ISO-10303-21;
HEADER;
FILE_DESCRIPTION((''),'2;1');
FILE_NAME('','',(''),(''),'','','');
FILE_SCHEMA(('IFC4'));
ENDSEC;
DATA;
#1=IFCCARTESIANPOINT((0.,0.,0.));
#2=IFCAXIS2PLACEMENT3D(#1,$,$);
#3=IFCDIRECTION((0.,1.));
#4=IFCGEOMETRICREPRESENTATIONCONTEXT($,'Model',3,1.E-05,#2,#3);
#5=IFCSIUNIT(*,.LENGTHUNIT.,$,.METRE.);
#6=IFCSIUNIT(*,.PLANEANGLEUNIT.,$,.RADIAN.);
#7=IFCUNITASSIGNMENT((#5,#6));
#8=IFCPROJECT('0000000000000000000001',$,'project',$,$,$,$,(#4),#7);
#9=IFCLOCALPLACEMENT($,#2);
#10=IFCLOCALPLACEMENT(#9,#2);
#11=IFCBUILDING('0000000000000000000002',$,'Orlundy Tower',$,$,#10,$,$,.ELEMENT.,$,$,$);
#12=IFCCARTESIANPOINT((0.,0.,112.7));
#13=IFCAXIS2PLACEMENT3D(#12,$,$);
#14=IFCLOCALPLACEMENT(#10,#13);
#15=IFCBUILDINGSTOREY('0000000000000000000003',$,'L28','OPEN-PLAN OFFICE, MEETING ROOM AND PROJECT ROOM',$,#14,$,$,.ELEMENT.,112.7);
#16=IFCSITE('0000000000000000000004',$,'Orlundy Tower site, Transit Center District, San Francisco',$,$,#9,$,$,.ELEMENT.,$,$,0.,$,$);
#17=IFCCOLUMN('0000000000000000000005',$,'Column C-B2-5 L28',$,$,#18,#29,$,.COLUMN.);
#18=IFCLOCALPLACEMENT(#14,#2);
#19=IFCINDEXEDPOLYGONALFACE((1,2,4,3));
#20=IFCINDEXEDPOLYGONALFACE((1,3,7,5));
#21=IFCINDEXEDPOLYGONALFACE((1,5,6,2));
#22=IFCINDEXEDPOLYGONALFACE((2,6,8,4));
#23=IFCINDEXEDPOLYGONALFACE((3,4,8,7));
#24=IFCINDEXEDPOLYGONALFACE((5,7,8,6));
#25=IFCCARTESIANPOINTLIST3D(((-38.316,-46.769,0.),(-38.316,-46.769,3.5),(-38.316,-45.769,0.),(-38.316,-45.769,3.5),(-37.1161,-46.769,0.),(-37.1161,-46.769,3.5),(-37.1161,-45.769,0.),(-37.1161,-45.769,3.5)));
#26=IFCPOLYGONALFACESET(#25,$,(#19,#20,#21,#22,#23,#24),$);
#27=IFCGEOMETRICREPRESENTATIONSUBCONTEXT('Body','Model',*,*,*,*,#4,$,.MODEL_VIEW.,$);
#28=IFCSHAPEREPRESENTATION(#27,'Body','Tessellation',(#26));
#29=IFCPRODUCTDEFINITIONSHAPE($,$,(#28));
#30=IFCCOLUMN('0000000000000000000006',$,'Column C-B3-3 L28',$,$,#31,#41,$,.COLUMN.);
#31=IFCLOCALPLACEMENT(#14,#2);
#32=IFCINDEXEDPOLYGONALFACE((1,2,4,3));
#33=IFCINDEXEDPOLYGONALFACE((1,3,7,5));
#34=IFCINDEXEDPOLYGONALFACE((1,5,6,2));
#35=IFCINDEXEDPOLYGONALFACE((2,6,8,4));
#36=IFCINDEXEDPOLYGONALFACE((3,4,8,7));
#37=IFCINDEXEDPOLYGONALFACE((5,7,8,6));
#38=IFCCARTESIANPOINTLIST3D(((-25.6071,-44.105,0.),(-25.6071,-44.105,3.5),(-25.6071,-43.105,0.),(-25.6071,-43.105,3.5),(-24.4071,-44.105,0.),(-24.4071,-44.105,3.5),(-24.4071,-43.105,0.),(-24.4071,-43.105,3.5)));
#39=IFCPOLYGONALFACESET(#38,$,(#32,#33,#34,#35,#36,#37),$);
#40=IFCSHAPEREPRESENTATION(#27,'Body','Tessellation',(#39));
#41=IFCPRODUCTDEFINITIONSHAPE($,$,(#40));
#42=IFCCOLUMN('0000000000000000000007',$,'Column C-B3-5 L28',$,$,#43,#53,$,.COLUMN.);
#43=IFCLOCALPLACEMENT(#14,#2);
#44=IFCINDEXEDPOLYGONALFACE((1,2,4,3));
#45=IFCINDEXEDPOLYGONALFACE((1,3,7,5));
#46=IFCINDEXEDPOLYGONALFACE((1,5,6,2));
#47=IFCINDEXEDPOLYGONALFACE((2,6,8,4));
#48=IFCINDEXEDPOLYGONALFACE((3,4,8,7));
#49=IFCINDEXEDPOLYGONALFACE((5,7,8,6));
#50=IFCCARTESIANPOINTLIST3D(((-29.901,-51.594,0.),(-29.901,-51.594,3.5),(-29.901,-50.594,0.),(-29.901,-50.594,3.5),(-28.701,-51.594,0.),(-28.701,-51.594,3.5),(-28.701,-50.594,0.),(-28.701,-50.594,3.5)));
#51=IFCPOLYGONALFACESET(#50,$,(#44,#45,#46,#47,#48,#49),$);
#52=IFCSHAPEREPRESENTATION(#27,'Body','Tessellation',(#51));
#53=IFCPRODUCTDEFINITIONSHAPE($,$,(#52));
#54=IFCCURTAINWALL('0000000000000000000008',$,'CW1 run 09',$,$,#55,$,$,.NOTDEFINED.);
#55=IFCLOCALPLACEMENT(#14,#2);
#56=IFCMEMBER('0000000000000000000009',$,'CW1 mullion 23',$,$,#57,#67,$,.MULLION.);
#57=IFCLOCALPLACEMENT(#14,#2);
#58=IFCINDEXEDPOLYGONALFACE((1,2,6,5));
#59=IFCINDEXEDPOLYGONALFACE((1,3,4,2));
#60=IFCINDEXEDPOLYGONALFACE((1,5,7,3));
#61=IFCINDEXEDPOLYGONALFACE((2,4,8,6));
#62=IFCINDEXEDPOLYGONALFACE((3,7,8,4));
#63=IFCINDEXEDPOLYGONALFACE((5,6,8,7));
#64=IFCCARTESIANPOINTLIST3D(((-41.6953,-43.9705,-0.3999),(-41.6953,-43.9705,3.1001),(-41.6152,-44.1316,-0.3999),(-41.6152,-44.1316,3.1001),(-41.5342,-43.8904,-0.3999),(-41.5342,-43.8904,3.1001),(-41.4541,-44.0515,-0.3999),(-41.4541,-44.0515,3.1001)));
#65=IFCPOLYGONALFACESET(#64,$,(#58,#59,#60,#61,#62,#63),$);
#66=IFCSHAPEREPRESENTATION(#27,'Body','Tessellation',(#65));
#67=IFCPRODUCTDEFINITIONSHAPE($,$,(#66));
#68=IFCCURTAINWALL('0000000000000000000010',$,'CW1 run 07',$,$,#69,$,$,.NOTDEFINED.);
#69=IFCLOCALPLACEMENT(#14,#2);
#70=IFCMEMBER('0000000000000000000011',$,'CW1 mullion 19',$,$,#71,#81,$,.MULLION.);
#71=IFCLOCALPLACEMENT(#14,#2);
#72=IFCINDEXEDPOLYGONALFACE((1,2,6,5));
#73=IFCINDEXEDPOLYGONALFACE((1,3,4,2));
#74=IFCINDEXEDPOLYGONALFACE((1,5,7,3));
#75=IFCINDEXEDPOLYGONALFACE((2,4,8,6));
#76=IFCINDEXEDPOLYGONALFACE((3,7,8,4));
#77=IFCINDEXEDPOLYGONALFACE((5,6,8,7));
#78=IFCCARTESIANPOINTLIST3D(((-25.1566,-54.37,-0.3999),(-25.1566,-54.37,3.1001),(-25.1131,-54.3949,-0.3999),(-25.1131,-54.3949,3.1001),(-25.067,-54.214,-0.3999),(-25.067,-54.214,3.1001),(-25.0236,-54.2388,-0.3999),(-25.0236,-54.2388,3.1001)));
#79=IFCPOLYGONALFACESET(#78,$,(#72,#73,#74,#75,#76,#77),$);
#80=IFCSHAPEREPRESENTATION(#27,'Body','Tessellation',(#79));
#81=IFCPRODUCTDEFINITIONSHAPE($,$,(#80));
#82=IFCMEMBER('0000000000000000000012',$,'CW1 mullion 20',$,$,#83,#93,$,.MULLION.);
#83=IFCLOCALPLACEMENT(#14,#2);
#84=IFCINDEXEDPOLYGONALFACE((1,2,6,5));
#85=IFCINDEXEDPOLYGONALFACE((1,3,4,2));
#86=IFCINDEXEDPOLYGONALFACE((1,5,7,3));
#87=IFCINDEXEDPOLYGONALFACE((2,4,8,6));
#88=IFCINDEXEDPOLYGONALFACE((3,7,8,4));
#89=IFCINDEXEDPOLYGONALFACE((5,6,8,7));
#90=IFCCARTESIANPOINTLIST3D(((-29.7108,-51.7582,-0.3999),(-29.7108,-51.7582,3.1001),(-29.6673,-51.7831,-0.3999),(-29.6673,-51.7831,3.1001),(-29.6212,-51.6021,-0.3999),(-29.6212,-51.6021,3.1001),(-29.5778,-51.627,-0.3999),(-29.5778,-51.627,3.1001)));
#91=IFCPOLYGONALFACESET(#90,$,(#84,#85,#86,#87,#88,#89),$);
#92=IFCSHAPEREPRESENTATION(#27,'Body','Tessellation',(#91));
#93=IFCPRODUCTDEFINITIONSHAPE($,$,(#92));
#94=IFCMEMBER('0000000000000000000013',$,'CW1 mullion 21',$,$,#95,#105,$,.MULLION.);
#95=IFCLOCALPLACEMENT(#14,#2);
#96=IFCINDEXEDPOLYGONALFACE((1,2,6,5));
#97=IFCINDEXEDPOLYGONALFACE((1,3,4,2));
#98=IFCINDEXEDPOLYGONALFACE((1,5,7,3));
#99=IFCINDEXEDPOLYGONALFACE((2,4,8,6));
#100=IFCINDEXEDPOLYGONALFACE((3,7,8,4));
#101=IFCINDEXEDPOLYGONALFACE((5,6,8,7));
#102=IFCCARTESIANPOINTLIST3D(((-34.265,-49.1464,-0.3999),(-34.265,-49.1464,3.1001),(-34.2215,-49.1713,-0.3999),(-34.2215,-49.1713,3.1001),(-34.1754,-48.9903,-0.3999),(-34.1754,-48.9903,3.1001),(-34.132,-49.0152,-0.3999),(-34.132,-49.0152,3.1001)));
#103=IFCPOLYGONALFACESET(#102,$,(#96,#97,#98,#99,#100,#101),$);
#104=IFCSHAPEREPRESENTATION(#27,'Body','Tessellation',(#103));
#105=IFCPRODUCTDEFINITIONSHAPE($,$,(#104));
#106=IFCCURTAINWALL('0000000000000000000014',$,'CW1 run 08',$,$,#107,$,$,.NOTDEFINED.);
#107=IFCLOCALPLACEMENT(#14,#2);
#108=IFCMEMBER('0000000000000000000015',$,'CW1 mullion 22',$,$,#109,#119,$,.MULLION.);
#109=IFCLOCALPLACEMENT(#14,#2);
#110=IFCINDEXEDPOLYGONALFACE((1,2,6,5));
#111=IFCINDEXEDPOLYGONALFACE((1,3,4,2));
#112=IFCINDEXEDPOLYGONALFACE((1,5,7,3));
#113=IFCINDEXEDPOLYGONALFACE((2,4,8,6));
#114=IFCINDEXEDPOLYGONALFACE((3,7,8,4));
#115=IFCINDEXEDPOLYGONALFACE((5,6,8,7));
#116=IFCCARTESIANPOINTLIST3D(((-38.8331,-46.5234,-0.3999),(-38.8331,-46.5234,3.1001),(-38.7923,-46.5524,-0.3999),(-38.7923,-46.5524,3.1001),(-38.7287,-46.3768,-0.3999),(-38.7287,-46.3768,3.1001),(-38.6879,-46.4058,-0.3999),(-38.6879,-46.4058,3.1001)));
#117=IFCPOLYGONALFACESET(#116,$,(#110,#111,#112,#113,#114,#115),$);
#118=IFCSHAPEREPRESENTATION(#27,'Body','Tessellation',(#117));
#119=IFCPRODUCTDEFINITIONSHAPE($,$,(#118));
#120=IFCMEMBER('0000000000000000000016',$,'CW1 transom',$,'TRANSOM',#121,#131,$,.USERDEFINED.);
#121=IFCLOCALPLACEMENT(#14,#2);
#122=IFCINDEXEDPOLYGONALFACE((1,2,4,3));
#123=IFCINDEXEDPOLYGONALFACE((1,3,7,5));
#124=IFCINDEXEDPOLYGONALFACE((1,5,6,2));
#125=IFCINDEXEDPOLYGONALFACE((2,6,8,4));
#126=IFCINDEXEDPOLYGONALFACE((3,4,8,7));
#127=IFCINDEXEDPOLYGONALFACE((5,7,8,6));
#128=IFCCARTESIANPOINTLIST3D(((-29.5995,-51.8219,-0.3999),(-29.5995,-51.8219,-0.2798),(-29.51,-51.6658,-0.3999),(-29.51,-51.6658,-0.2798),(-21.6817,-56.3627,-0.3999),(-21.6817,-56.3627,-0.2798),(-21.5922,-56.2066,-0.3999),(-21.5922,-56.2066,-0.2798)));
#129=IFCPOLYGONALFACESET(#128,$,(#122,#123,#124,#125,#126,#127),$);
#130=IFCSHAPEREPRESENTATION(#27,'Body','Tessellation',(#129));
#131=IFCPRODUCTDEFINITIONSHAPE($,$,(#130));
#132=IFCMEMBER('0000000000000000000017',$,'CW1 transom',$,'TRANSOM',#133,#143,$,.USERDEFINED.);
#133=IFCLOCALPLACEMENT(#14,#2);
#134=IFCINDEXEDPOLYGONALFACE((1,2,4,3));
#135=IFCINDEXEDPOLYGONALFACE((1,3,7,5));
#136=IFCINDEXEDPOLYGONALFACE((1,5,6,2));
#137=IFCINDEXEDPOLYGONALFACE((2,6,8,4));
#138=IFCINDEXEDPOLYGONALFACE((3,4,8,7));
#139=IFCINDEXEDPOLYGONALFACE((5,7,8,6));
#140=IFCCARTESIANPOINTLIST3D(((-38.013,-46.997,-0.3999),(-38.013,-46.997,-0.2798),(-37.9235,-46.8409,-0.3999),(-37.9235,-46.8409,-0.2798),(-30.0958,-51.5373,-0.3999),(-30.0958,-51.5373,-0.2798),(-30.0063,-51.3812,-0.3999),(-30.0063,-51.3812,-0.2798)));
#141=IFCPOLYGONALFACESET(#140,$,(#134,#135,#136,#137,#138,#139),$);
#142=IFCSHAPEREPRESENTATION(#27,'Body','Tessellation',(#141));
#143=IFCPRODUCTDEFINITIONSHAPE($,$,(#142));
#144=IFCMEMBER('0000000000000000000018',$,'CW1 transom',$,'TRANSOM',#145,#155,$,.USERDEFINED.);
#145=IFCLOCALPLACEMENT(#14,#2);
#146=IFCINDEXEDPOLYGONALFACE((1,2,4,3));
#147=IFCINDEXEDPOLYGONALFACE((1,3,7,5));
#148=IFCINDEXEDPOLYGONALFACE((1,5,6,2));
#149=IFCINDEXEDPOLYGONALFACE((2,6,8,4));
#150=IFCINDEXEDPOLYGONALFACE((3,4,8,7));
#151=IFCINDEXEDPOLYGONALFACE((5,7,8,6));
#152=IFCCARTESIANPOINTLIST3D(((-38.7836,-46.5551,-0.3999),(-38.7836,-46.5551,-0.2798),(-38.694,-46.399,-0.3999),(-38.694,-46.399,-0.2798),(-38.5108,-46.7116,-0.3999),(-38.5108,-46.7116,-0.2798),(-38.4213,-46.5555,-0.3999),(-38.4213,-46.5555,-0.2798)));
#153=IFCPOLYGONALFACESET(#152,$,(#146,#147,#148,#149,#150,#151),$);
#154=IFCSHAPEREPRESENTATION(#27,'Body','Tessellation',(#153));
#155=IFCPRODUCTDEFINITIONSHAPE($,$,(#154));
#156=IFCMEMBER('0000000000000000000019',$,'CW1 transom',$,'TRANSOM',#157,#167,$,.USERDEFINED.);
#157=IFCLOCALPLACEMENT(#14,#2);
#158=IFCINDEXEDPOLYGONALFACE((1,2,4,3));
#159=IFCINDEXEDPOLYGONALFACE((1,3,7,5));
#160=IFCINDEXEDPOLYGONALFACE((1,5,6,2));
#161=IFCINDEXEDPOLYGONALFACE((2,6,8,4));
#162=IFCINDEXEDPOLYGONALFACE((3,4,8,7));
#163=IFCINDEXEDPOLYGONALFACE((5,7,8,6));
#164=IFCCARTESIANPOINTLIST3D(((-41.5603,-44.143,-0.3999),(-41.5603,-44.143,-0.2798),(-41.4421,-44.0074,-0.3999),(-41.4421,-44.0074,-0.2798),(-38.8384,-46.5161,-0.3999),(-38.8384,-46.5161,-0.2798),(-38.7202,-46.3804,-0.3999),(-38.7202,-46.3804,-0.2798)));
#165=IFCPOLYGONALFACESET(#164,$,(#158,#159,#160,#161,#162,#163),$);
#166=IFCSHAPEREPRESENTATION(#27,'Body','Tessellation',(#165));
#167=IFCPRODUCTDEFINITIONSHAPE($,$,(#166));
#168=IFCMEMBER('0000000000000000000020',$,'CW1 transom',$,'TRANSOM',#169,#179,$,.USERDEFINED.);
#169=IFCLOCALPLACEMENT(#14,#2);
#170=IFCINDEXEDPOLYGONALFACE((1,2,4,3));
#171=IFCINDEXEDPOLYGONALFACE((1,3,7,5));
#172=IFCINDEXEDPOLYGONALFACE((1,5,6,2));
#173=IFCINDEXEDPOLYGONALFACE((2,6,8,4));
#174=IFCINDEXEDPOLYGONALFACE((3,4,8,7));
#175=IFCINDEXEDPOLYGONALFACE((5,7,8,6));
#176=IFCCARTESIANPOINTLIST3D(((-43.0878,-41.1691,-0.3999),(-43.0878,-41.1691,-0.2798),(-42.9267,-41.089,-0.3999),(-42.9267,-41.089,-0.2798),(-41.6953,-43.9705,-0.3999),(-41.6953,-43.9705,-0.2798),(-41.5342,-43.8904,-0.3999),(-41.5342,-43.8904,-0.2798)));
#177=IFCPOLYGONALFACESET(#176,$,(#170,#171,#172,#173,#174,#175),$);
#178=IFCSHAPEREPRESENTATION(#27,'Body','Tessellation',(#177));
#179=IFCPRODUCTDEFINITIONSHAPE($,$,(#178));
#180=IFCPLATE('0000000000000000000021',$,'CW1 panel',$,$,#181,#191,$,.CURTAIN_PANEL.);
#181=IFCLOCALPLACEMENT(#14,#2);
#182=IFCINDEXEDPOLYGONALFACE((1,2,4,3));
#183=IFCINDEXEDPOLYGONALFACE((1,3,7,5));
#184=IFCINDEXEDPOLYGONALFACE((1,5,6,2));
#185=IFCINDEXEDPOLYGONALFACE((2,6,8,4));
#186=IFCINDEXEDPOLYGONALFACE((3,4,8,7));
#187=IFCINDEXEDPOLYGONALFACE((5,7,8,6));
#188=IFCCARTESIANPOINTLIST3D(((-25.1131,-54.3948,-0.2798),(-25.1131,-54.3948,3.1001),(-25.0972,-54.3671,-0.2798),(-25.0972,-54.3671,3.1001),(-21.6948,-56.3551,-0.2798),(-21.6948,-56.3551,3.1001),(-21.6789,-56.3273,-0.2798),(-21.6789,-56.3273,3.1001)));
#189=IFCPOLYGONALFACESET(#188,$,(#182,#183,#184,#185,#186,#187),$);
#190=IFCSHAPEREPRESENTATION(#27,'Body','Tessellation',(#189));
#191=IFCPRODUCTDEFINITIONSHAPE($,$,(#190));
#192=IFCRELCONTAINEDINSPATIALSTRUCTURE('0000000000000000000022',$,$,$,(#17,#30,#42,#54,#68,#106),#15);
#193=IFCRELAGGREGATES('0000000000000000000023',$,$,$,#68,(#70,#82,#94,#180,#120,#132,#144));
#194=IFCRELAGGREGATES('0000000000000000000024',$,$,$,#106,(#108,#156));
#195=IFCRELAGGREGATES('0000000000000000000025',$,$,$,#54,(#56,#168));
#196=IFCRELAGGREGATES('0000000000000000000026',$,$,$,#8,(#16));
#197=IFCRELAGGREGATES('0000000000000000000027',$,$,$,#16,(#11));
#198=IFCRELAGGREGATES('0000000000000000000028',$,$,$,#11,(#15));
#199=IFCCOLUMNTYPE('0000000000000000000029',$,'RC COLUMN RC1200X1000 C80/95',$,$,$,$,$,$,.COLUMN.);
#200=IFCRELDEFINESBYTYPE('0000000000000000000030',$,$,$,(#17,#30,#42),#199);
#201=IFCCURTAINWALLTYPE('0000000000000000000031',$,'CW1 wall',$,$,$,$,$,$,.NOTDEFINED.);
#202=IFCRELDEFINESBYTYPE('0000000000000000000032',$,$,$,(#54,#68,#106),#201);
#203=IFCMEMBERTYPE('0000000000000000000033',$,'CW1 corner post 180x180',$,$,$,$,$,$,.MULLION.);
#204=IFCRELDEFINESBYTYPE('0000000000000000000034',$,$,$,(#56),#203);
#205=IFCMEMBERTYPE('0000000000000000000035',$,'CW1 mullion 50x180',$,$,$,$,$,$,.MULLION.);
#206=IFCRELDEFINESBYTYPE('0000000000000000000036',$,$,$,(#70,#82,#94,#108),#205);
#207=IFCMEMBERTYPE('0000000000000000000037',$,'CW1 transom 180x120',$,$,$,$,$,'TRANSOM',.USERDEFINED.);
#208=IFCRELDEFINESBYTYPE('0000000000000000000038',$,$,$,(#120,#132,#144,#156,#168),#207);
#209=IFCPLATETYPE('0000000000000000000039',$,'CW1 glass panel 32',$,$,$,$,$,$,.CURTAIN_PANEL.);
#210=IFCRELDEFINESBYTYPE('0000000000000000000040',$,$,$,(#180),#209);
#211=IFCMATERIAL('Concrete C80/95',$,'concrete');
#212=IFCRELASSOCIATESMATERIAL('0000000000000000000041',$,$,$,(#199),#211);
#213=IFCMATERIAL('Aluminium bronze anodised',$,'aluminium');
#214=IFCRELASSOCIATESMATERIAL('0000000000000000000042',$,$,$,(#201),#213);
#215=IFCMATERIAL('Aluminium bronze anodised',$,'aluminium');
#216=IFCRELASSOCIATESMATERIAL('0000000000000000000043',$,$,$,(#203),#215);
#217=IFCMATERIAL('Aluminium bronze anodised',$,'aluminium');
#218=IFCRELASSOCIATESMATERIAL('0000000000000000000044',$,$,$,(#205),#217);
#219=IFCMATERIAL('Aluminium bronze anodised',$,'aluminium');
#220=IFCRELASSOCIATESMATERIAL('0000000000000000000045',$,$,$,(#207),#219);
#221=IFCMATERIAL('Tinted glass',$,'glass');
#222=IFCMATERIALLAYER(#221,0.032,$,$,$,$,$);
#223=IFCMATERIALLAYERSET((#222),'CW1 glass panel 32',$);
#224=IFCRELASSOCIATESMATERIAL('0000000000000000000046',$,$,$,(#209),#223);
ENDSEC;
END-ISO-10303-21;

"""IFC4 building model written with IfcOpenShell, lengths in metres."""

from ifc_helpers import new_model, si_unit, direction, frame, origin, origin_2d, place, context, subcontext, project, spatial, rectangle, extrude, material, layer, layer_set, material_profile, profile_set, type_object, element, aggregate, save


model = new_model("IFC4")

# Units and contexts
model_context = context("Model", 3, precision=1e-05, world=origin(), true_north=direction((0.0, 1.0)))
body_context = subcontext(model_context, "Body", "Model", "MODEL_VIEW")
ifc_project = project(units=[si_unit("LENGTHUNIT", "METRE"), si_unit("PLANEANGLEUNIT", "RADIAN")], contexts=[model_context])

# Site, building, storey
site_placement = place(None, origin())
site = spatial("IfcSite", under=ifc_project, at=site_placement, Name="Orlundy Tower site, Transit Center District, San Francisco", CompositionType="ELEMENT", RefElevation=0.0)
building_placement = place(site_placement, origin())
building = spatial("IfcBuilding", under=site, at=building_placement, Name="Orlundy Tower", CompositionType="ELEMENT")
storey_placement = place(building_placement, frame((0.0, 0.0, 112.7)))
storey = spatial("IfcBuildingStorey", under=building, at=storey_placement, Name="L28", Description="OPEN-PLAN OFFICE, MEETING ROOM AND PROJECT ROOM", CompositionType="ELEMENT", Elevation=112.7)

# Columns
ifc_material_1 = material(Name="Concrete C80/95", Category="concrete")
ifc_material_profile_1 = material_profile(ifc_material_1, rectangle(XDim=1.2, YDim=1.0, at=origin_2d()), Name="RC1200X1000")
ifc_profile_set_1 = profile_set([ifc_material_profile_1], Name="Concrete C80/95")
column_type = type_object("IfcColumnType", Name="RC COLUMN RC1200X1000 C80/95", PredefinedType="COLUMN", material=ifc_profile_set_1)
for number, where, z_axis, x_axis, name in (
    (1, (-37.7161, -46.269, 0.0), (0.0, 0.0, 1.0), (1.0, 0.0, 0.0), "Column C-B2-5 L28"),
    (2, (-25.0071, -43.605, 0.0), (0.0, 0.0, 1.0), (1.0, 0.0, 0.0), "Column C-B3-3 L28"),
    (3, (-29.301, -51.094, 0.0), (0.0, 0.0, 1.0), (1.0, 0.0, 0.0), "Column C-B3-5 L28"),
):
    element("IfcColumn", number, at=place(storey_placement, frame(where, z_axis=z_axis, x_axis=x_axis)), inside=storey, type_object=column_type, Name=name, PredefinedType="COLUMN", context=body_context, shape_type="SweptSolid", body=[
        extrude(rectangle(XDim=1.2, YDim=1.0, at=origin_2d()), origin(), (0.0, 0.0, 1.0), 3.5),
    ])

# Curtain wall, member
ifc_material_2 = material(Name="Aluminium bronze anodised", Category="aluminium")
curtain_wall_type = type_object("IfcCurtainWallType", Name="CW1 wall", PredefinedType="NOTDEFINED", material=ifc_material_2)
curtain_wall_1_placement = place(storey_placement, origin())
curtain_wall_1 = element("IfcCurtainWall", 4, at=curtain_wall_1_placement, inside=storey, type_object=curtain_wall_type, Name="CW1 run 09", PredefinedType="NOTDEFINED")
ifc_material_3 = material(Name="Aluminium bronze anodised", Category="aluminium")
ifc_material_profile_2 = material_profile(ifc_material_3, rectangle(XDim=0.1799, YDim=0.1799, at=origin_2d()), Name="CW1 corner post 180x180")
ifc_profile_set_2 = profile_set([ifc_material_profile_2], Name="Aluminium bronze anodised")
member_type_1 = type_object("IfcMemberType", Name="CW1 corner post 180x180", PredefinedType="MULLION", material=ifc_profile_set_2)
member_1_placement = place(storey_placement, frame((-41.5747, -44.011, -0.3999), z_axis=(0.0, 0.0, 1.0), x_axis=(-0.89545, -0.445162, 0.0)))
member_1 = element("IfcMember", 5, at=member_1_placement, type_object=member_type_1, Name="CW1 mullion 23", PredefinedType="MULLION", context=body_context, shape_type="SweptSolid", body=[
    extrude(rectangle(XDim=0.1799, YDim=0.1799, at=origin_2d()), origin(), (0.0, 0.0, 1.0), 3.5),
])

# Curtain wall, members
curtain_wall_2_placement = place(storey_placement, origin())
curtain_wall_2 = element("IfcCurtainWall", 6, at=curtain_wall_2_placement, inside=storey, type_object=curtain_wall_type, Name="CW1 run 07", PredefinedType="NOTDEFINED")
ifc_material_4 = material(Name="Aluminium bronze anodised", Category="aluminium")
ifc_material_profile_3 = material_profile(ifc_material_4, rectangle(XDim=0.1799, YDim=0.05, at=origin_2d()), Name="CW1 mullion 50x180")
ifc_profile_set_3 = profile_set([ifc_material_profile_3], Name="Aluminium bronze anodised")
member_type_2 = type_object("IfcMemberType", Name="CW1 mullion 50x180", PredefinedType="MULLION", material=ifc_profile_set_3)
member_2_placement = place(storey_placement, frame((-25.0901, -54.3044, -0.3999), z_axis=(0.0, 0.0, 1.0), x_axis=(-0.497477, -0.867477, 0.0)))
member_2 = element("IfcMember", 7, at=member_2_placement, type_object=member_type_2, Name="CW1 mullion 19", PredefinedType="MULLION", context=body_context, shape_type="SweptSolid", body=[
    extrude(rectangle(XDim=0.1799, YDim=0.05, at=origin_2d()), origin(), (0.0, 0.0, 1.0), 3.5),
])
member_3_placement = place(storey_placement, frame((-29.6443, -51.6926, -0.3999), z_axis=(0.0, 0.0, 1.0), x_axis=(-0.497477, -0.867477, 0.0)))
member_3 = element("IfcMember", 8, at=member_3_placement, type_object=member_type_2, Name="CW1 mullion 20", PredefinedType="MULLION", context=body_context, shape_type="SweptSolid", body=[
    extrude(rectangle(XDim=0.1799, YDim=0.05, at=origin_2d()), origin(), (0.0, 0.0, 1.0), 3.5),
])
member_4_placement = place(storey_placement, frame((-34.1985, -49.0808, -0.3999), z_axis=(0.0, 0.0, 1.0), x_axis=(-0.497477, -0.867477, 0.0)))
member_4 = element("IfcMember", 9, at=member_4_placement, type_object=member_type_2, Name="CW1 mullion 21", PredefinedType="MULLION", context=body_context, shape_type="SweptSolid", body=[
    extrude(rectangle(XDim=0.1799, YDim=0.05, at=origin_2d()), origin(), (0.0, 0.0, 1.0), 3.5),
])

# Curtain wall, member
curtain_wall_3_placement = place(storey_placement, origin())
curtain_wall_3 = element("IfcCurtainWall", 10, at=curtain_wall_3_placement, inside=storey, type_object=curtain_wall_type, Name="CW1 run 08", PredefinedType="NOTDEFINED")
member_5_placement = place(storey_placement, frame((-38.7605, -46.4646, -0.3999), z_axis=(0.0, 0.0, 1.0), x_axis=(-0.580116, -0.814534, 0.0)))
member_5 = element("IfcMember", 11, at=member_5_placement, type_object=member_type_2, Name="CW1 mullion 22", PredefinedType="MULLION", context=body_context, shape_type="SweptSolid", body=[
    extrude(rectangle(XDim=0.1799, YDim=0.05, at=origin_2d()), origin(), (0.0, 0.0, 1.0), 3.5),
])

# Members
ifc_material_5 = material(Name="Aluminium bronze anodised", Category="aluminium")
ifc_material_profile_4 = material_profile(ifc_material_5, rectangle(XDim=0.1799, YDim=0.1201, at=origin_2d()), Name="CW1 transom 180x120")
ifc_profile_set_4 = profile_set([ifc_material_profile_4], Name="Aluminium bronze anodised")
member_type_3 = type_object("IfcMemberType", Name="CW1 transom 180x120", ElementType="TRANSOM", PredefinedType="USERDEFINED", material=ifc_profile_set_4)
member_6_placement = place(storey_placement, frame((-21.637, -56.2847, -0.3398), z_axis=(-0.86747, 0.497489, 0.0), x_axis=(-0.497489, -0.86747, 0.0)))
member_6 = element("IfcMember", 12, at=member_6_placement, type_object=member_type_3, Name="CW1 transom", ObjectType="TRANSOM", PredefinedType="USERDEFINED", context=body_context, shape_type="SweptSolid", body=[
    extrude(rectangle(XDim=0.1799, YDim=0.1201, at=origin_2d()), origin(), (0.0, 0.0, 1.0), 9.1274),
])
member_7_placement = place(storey_placement, frame((-30.051, -51.4592, -0.3398), z_axis=(-0.86748, 0.497472, 0.0), x_axis=(-0.497472, -0.86748, 0.0)))
member_7 = element("IfcMember", 13, at=member_7_placement, type_object=member_type_3, Name="CW1 transom", ObjectType="TRANSOM", PredefinedType="USERDEFINED", context=body_context, shape_type="SweptSolid", body=[
    extrude(rectangle(XDim=0.1799, YDim=0.1201, at=origin_2d()), origin(), (0.0, 0.0, 1.0), 9.1267),
])
member_8_placement = place(storey_placement, frame((-38.4661, -46.6335, -0.3398), z_axis=(-0.867334, 0.497727, 0.0), x_axis=(-0.497727, -0.867334, 0.0)))
member_8 = element("IfcMember", 14, at=member_8_placement, type_object=member_type_3, Name="CW1 transom", ObjectType="TRANSOM", PredefinedType="USERDEFINED", context=body_context, shape_type="SweptSolid", body=[
    extrude(rectangle(XDim=0.1799, YDim=0.1201, at=origin_2d()), origin(), (0.0, 0.0, 1.0), 0.3145),
])
member_9_placement = place(storey_placement, frame((-38.7793, -46.4482, -0.3398), z_axis=(-0.753761, 0.657149, 0.0), x_axis=(-0.657149, -0.753761, 0.0)))
member_9 = element("IfcMember", 15, at=member_9_placement, type_object=member_type_3, Name="CW1 transom", ObjectType="TRANSOM", PredefinedType="USERDEFINED", context=body_context, shape_type="SweptSolid", body=[
    extrude(rectangle(XDim=0.1799, YDim=0.1201, at=origin_2d()), origin(), (0.0, 0.0, 1.0), 3.6111),
])
member_10_placement = place(storey_placement, frame((-41.6147, -43.9304, -0.3398), z_axis=(-0.445121, 0.89547, 0.0), x_axis=(-0.89547, -0.445121, 0.0)))
member_10 = element("IfcMember", 16, at=member_10_placement, type_object=member_type_3, Name="CW1 transom", ObjectType="TRANSOM", PredefinedType="USERDEFINED", context=body_context, shape_type="SweptSolid", body=[
    extrude(rectangle(XDim=0.1799, YDim=0.1201, at=origin_2d()), origin(), (0.0, 0.0, 1.0), 3.1284),
])

# Plate
ifc_material_6 = material(Name="Tinted glass", Category="glass")
ifc_layer_1 = layer(ifc_material_6, 0.032)
ifc_layer_set_1 = layer_set([ifc_layer_1], Name="CW1 glass panel 32")
plate_type = type_object("IfcPlateType", Name="CW1 glass panel 32", PredefinedType="CURTAIN_PANEL", material=ifc_layer_set_1)
plate_1_placement = place(storey_placement, frame((-23.396, -55.3611, -0.2798), z_axis=(0.0, 0.0, 1.0), x_axis=(-0.867477, 0.497477, 0.0)))
plate_1 = element("IfcPlate", 17, at=plate_1_placement, type_object=plate_type, Name="CW1 panel", PredefinedType="CURTAIN_PANEL", context=body_context, shape_type="SweptSolid", body=[
    extrude(rectangle(XDim=3.9404, YDim=0.032, at=origin_2d()), origin(), (0.0, 0.0, 1.0), 3.3799),
])
aggregate(curtain_wall_2, [member_2, member_3, member_4, plate_1, member_6, member_7, member_8])
aggregate(curtain_wall_3, [member_5, member_9])
aggregate(curtain_wall_1, [member_1, member_10])

save(model, "model.ifc")
